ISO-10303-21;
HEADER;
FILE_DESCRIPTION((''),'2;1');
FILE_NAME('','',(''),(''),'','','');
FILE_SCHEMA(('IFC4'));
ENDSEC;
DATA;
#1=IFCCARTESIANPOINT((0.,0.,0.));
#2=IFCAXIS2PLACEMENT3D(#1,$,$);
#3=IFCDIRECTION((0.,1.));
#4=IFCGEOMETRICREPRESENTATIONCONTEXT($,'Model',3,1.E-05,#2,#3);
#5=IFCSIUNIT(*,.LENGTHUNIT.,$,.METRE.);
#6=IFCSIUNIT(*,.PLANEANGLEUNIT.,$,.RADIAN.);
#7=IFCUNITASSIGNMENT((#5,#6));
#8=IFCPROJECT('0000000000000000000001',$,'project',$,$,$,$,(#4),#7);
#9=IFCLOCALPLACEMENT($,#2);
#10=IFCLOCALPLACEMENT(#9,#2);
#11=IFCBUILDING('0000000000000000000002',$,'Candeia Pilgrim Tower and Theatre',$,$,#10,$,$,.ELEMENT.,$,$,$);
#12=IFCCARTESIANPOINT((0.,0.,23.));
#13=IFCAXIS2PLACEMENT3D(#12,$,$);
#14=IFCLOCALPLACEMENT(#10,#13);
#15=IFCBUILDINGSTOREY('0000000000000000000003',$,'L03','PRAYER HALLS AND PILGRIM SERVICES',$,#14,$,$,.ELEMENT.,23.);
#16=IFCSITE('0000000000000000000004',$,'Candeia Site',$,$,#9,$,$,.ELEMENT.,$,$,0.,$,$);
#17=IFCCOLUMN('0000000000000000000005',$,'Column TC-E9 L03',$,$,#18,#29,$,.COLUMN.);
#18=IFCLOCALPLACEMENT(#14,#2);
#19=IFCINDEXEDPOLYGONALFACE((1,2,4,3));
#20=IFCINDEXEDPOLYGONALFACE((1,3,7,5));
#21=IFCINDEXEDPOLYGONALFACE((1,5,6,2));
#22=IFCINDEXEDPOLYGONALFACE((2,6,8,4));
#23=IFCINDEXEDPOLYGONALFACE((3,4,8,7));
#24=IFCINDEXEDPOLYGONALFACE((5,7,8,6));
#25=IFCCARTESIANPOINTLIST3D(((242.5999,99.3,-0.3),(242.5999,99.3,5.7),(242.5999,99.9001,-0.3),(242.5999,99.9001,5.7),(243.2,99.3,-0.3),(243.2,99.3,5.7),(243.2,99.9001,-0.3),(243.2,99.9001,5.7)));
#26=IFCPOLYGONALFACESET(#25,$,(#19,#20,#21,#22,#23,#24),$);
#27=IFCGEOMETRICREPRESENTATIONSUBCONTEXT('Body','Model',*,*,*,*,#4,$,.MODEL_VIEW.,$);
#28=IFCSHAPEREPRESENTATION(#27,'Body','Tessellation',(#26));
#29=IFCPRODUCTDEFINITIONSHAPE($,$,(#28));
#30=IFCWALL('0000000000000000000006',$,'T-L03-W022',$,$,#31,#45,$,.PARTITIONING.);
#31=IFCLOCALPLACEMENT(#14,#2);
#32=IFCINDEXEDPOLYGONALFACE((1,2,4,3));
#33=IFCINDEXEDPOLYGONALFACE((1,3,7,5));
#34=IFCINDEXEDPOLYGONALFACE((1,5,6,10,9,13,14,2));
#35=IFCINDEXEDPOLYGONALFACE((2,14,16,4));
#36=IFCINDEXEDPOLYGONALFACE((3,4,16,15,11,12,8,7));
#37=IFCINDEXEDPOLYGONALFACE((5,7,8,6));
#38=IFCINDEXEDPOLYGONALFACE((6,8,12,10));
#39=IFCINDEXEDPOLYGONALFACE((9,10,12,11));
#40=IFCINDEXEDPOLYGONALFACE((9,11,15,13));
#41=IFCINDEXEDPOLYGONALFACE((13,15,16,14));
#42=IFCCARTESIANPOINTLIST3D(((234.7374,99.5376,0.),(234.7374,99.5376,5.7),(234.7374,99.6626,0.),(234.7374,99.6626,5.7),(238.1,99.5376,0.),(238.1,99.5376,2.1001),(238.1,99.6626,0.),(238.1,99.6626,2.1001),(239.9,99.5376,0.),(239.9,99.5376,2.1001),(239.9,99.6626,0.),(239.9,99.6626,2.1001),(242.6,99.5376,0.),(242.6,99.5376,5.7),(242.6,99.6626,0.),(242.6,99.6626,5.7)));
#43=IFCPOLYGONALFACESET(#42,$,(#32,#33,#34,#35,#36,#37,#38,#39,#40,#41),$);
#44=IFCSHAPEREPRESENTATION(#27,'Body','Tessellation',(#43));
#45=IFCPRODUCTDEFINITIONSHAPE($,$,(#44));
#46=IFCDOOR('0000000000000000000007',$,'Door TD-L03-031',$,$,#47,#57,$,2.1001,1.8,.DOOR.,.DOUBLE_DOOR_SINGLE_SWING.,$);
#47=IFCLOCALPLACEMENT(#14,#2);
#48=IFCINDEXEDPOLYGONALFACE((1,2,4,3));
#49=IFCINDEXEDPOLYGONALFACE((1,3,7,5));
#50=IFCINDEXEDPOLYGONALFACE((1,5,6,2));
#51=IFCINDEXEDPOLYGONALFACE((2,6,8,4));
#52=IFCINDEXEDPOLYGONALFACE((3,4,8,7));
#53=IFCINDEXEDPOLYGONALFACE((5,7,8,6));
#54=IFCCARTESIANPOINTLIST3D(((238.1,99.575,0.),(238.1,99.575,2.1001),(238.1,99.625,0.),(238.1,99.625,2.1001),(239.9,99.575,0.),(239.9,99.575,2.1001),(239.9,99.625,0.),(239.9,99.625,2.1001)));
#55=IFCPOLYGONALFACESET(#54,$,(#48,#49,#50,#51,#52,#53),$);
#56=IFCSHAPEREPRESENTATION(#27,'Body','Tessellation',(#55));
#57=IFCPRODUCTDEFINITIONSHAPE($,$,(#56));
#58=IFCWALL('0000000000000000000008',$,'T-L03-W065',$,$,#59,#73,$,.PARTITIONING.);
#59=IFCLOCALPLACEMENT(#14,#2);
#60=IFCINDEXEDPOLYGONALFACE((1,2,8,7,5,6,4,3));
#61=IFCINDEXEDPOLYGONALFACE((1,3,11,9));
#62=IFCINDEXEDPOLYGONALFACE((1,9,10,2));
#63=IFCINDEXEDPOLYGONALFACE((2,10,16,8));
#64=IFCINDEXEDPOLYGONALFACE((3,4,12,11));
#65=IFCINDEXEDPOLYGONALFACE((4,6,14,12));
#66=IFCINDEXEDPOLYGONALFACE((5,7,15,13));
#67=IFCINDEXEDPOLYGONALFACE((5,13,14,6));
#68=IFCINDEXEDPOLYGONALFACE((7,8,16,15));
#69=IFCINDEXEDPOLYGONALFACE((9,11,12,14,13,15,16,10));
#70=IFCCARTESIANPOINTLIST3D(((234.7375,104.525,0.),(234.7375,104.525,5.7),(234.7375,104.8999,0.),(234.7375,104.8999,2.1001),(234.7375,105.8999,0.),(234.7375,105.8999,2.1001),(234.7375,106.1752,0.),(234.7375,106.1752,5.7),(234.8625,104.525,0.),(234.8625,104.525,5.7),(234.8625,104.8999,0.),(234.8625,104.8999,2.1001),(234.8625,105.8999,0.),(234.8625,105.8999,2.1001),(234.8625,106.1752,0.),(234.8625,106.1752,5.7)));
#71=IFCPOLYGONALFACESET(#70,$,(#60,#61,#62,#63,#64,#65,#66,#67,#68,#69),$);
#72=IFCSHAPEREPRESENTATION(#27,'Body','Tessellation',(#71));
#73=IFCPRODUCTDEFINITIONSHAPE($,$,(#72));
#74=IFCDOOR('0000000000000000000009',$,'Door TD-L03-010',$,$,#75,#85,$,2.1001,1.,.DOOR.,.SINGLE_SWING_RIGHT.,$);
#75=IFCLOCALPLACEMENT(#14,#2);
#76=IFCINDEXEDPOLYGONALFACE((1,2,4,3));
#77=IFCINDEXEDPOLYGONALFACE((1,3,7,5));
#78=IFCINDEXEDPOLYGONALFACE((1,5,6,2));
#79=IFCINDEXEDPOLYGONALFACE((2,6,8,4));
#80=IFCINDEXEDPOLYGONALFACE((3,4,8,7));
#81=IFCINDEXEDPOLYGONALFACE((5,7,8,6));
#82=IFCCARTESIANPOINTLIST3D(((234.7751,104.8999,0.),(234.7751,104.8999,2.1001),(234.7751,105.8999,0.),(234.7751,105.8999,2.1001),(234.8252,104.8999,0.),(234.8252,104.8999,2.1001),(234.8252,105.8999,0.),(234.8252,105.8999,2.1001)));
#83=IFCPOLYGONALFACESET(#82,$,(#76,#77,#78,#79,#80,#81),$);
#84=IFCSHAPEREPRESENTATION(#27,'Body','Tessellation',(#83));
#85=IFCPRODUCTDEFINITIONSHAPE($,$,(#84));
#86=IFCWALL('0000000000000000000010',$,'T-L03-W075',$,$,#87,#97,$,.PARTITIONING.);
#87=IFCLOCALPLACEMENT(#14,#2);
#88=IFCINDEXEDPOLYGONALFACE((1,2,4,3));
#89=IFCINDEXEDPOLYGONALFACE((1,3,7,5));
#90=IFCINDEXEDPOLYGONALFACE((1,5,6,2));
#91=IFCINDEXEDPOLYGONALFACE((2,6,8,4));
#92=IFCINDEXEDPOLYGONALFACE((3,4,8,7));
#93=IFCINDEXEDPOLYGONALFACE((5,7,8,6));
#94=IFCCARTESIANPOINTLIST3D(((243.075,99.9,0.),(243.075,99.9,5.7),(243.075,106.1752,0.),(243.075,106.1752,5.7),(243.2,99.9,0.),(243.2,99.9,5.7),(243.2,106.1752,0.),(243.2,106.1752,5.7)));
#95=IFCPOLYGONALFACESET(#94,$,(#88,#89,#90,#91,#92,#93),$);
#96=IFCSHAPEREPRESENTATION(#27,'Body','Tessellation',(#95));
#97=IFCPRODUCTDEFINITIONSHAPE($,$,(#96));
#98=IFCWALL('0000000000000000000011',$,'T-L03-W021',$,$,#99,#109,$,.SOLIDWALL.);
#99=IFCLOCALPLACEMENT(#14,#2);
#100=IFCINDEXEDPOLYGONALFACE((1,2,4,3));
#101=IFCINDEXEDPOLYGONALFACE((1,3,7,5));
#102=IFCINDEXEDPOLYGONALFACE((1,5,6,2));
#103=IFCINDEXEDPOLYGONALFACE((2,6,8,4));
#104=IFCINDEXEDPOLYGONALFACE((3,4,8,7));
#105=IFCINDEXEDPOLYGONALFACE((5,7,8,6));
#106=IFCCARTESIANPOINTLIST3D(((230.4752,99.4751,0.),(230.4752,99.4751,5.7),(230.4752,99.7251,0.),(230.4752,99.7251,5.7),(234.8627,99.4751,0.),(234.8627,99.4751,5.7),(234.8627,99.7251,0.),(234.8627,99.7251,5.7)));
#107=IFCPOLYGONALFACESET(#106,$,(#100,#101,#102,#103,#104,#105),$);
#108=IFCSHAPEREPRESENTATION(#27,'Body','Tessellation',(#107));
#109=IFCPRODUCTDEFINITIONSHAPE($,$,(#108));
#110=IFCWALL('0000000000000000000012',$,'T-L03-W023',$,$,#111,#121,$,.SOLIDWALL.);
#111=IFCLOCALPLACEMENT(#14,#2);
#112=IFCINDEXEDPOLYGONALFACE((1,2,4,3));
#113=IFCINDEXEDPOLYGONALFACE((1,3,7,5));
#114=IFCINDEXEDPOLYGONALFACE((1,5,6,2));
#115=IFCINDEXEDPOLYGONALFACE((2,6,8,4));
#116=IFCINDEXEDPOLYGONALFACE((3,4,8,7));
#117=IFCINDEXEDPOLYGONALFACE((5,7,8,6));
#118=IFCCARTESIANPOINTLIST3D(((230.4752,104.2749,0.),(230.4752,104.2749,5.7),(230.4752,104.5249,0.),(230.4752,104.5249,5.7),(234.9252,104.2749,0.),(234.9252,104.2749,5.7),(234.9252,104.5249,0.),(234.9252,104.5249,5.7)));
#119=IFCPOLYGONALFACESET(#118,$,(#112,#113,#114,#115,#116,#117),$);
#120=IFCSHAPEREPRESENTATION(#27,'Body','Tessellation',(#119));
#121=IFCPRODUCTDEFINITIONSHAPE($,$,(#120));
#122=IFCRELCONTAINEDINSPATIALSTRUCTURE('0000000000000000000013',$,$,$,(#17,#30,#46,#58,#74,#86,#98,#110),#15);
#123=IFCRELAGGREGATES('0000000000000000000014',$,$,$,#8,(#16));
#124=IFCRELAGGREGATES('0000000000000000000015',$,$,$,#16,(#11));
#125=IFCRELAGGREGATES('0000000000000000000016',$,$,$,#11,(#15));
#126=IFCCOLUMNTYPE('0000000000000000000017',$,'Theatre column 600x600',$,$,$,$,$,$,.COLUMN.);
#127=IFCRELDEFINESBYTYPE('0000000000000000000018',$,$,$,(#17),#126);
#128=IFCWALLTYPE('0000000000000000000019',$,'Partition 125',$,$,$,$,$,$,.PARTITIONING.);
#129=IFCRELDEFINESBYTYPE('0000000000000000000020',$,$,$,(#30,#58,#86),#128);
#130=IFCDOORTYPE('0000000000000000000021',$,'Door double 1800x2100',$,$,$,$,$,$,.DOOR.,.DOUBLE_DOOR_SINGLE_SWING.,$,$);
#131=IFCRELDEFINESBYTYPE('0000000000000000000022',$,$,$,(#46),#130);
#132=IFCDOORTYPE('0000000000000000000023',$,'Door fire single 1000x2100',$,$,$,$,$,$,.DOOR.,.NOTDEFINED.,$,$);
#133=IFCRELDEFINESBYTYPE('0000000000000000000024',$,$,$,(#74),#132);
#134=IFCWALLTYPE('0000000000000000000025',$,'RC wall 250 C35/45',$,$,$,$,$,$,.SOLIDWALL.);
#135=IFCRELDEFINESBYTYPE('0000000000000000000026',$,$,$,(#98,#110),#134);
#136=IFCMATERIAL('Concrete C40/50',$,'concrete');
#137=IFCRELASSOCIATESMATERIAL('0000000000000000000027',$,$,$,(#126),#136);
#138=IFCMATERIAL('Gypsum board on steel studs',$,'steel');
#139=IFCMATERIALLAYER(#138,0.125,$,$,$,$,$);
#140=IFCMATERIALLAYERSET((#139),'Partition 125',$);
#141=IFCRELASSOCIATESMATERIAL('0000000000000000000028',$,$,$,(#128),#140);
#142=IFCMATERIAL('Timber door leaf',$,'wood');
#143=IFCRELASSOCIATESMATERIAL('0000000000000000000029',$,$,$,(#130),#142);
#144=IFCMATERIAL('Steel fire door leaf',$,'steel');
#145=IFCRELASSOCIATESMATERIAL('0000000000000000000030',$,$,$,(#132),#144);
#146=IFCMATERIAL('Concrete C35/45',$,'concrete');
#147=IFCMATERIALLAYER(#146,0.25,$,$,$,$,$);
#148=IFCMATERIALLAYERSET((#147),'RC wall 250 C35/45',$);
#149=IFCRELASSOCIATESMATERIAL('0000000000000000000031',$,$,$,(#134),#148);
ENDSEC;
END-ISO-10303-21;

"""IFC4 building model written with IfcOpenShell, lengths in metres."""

from ifc_helpers import new_model, si_unit, direction, frame, frame_2d, origin, origin_2d, place, context, subcontext, project, spatial, rectangle, extrude, material, layer, layer_set, material_profile, profile_set, type_object, element, fill, save


model = new_model("IFC4")

# Units and contexts
model_context = context("Model", 3, precision=1e-05, world=origin(), true_north=direction((0.0, 1.0)))
body_context = subcontext(model_context, "Body", "Model", "MODEL_VIEW")
ifc_project = project(units=[si_unit("LENGTHUNIT", "METRE"), si_unit("PLANEANGLEUNIT", "RADIAN")], contexts=[model_context])

# Site, building, storey
site_placement = place(None, origin())
site = spatial("IfcSite", under=ifc_project, at=site_placement, Name="Candeia Site", CompositionType="ELEMENT", RefElevation=0.0)
building_placement = place(site_placement, origin())
building = spatial("IfcBuilding", under=site, at=building_placement, Name="Candeia Pilgrim Tower and Theatre", CompositionType="ELEMENT")
storey_placement = place(building_placement, frame((0.0, 0.0, 23.0)))
storey = spatial("IfcBuildingStorey", under=building, at=storey_placement, Name="L03", Description="PRAYER HALLS AND PILGRIM SERVICES", CompositionType="ELEMENT", Elevation=23.0)

# Column
ifc_material_1 = material(Name="Concrete C40/50", Category="concrete")
ifc_material_profile = material_profile(ifc_material_1, rectangle(XDim=0.6001, YDim=0.6001, at=origin_2d()))
ifc_profile_set = profile_set([ifc_material_profile], Name="Concrete C40/50")
column_type = type_object("IfcColumnType", Name="Theatre column 600x600", PredefinedType="COLUMN", material=ifc_profile_set)
column_placement = place(storey_placement, frame((242.8999, 99.6001, -0.3), z_axis=(0.0, 0.0, 1.0), x_axis=(1.0, 0.0, 0.0)))
element("IfcColumn", 1, at=column_placement, inside=storey, type_object=column_type, Name="Column TC-E9 L03", PredefinedType="COLUMN", context=body_context, shape_type="SweptSolid", body=[
    extrude(rectangle(XDim=0.6001, YDim=0.6001, at=origin_2d()), origin(), (0.0, 0.0, 1.0), 6.0),
])

# Walls, openings, doors
ifc_material_2 = material(Name="Gypsum board on steel studs", Category="steel")
ifc_layer_1 = layer(ifc_material_2, 0.125)
ifc_layer_set_1 = layer_set([ifc_layer_1], Name="Partition 125")
wall_type_1 = type_object("IfcWallType", Name="Partition 125", PredefinedType="PARTITIONING", material=ifc_layer_set_1)
wall_1_placement = place(storey_placement, frame((234.7375, 99.6001, 0.0), z_axis=(0.0, 0.0, 1.0), x_axis=(1.0, 0.0, 0.0)))
wall_1 = element("IfcWall", 2, at=wall_1_placement, inside=storey, type_object=wall_type_1, Name="T-L03-W022", PredefinedType="PARTITIONING", context=body_context, shape_type="SweptSolid", body=[
    extrude(rectangle(XDim=7.8625, YDim=0.125, at=frame_2d((3.9312, 0.0))), origin(), (0.0, 0.0, 1.0), 5.7),
])
opening_1_placement = place(wall_1_placement, frame((3.3625, 0.0, 0.0)))
opening_1 = element("IfcOpeningElement", 3, at=opening_1_placement, cuts=wall_1, PredefinedType="OPENING", context=body_context, shape_type="SweptSolid", body=[
    extrude(rectangle(XDim=1.8, YDim=2.1001, at=frame_2d((0.8999, 1.05))), frame((0.0, 0.0725, 0.0), z_axis=(0.0, -1.0, 0.0), x_axis=(1.0, 0.0, 0.0)), (0.0, 0.0, 1.0), 0.145),
])
ifc_material_3 = material(Name="Timber door leaf", Category="wood")
door_type_1 = type_object("IfcDoorType", Name="Door double 1800x2100", OperationType="DOUBLE_DOOR_SINGLE_SWING", PredefinedType="DOOR", material=ifc_material_3)
door_1_placement = place(opening_1_placement, origin())
door_1 = element("IfcDoor", 4, at=door_1_placement, inside=storey, type_object=door_type_1, Name="Door TD-L03-031", OperationType="DOUBLE_DOOR_SINGLE_SWING", OverallHeight=2.1001, OverallWidth=1.8, PredefinedType="DOOR", context=body_context, shape_type="SweptSolid", body=[
    extrude(rectangle(XDim=1.8, YDim=2.1001, at=frame_2d((0.8999, 1.05))), frame((0.0, 0.0249, 0.0), z_axis=(0.0, -1.0, 0.0), x_axis=(1.0, 0.0, 0.0)), (0.0, 0.0, 1.0), 0.05),
])
fill(opening_1, door_1)
wall_2_placement = place(storey_placement, frame((234.8, 104.5249, 0.0), z_axis=(0.0, 0.0, 1.0), x_axis=(0.0, 1.0, 0.0)))
wall_2 = element("IfcWall", 5, at=wall_2_placement, inside=storey, type_object=wall_type_1, Name="T-L03-W065", PredefinedType="PARTITIONING", context=body_context, shape_type="SweptSolid", body=[
    extrude(rectangle(XDim=1.6501, YDim=0.125, at=frame_2d((0.8252, 0.0))), origin(), (0.0, 0.0, 1.0), 5.7),
])
opening_2_placement = place(wall_2_placement, frame((0.375, 0.0, 0.0)))
opening_2 = element("IfcOpeningElement", 6, at=opening_2_placement, cuts=wall_2, PredefinedType="OPENING", context=body_context, shape_type="SweptSolid", body=[
    extrude(rectangle(XDim=1.0, YDim=2.1001, at=frame_2d((0.5, 1.05))), frame((0.0, 0.0725, 0.0), z_axis=(0.0, -1.0, 0.0), x_axis=(1.0, 0.0, 0.0)), (0.0, 0.0, 1.0), 0.145),
])
ifc_material_4 = material(Name="Steel fire door leaf", Category="steel")
door_type_2 = type_object("IfcDoorType", Name="Door fire single 1000x2100", OperationType="NOTDEFINED", PredefinedType="DOOR", material=ifc_material_4)
door_2_placement = place(opening_2_placement, origin())
door_2 = element("IfcDoor", 7, at=door_2_placement, inside=storey, type_object=door_type_2, Name="Door TD-L03-010", OperationType="SINGLE_SWING_RIGHT", OverallHeight=2.1001, OverallWidth=1.0, PredefinedType="DOOR", context=body_context, shape_type="SweptSolid", body=[
    extrude(rectangle(XDim=1.0, YDim=2.1001, at=frame_2d((0.5, 1.05))), frame((0.0, 0.0249, 0.0), z_axis=(0.0, -1.0, 0.0), x_axis=(1.0, 0.0, 0.0)), (0.0, 0.0, 1.0), 0.05),
])
fill(opening_2, door_2)

# Walls
wall_3_placement = place(storey_placement, frame((243.1375, 99.8999, 0.0), z_axis=(0.0, 0.0, 1.0), x_axis=(0.0, 1.0, 0.0)))
element("IfcWall", 8, at=wall_3_placement, inside=storey, type_object=wall_type_1, Name="T-L03-W075", PredefinedType="PARTITIONING", context=body_context, shape_type="SweptSolid", body=[
    extrude(rectangle(XDim=6.2751, YDim=0.125, at=frame_2d((3.1377, 0.0))), origin(), (0.0, 0.0, 1.0), 5.7),
])
ifc_material_5 = material(Name="Concrete C35/45", Category="concrete")
ifc_layer_2 = layer(ifc_material_5, 0.25)
ifc_layer_set_2 = layer_set([ifc_layer_2], Name="RC wall 250 C35/45")
wall_type_2 = type_object("IfcWallType", Name="RC wall 250 C35/45", PredefinedType="SOLIDWALL", material=ifc_layer_set_2)
wall_4_placement = place(storey_placement, frame((230.4751, 99.6001, 0.0), z_axis=(0.0, 0.0, 1.0), x_axis=(1.0, 0.0, 0.0)))
element("IfcWall", 9, at=wall_4_placement, inside=storey, type_object=wall_type_2, Name="T-L03-W021", PredefinedType="SOLIDWALL", context=body_context, shape_type="SweptSolid", body=[
    extrude(rectangle(XDim=4.3875, YDim=0.25, at=frame_2d((2.1938, 0.0))), origin(), (0.0, 0.0, 1.0), 5.7),
])
wall_5_placement = place(storey_placement, frame((230.4751, 104.3999, 0.0), z_axis=(0.0, 0.0, 1.0), x_axis=(1.0, 0.0, 0.0)))
element("IfcWall", 10, at=wall_5_placement, inside=storey, type_object=wall_type_2, Name="T-L03-W023", PredefinedType="SOLIDWALL", context=body_context, shape_type="SweptSolid", body=[
    extrude(rectangle(XDim=4.45, YDim=0.25, at=frame_2d((2.2251, 0.0))), origin(), (0.0, 0.0, 1.0), 5.7),
])

save(model, "model.ifc")
